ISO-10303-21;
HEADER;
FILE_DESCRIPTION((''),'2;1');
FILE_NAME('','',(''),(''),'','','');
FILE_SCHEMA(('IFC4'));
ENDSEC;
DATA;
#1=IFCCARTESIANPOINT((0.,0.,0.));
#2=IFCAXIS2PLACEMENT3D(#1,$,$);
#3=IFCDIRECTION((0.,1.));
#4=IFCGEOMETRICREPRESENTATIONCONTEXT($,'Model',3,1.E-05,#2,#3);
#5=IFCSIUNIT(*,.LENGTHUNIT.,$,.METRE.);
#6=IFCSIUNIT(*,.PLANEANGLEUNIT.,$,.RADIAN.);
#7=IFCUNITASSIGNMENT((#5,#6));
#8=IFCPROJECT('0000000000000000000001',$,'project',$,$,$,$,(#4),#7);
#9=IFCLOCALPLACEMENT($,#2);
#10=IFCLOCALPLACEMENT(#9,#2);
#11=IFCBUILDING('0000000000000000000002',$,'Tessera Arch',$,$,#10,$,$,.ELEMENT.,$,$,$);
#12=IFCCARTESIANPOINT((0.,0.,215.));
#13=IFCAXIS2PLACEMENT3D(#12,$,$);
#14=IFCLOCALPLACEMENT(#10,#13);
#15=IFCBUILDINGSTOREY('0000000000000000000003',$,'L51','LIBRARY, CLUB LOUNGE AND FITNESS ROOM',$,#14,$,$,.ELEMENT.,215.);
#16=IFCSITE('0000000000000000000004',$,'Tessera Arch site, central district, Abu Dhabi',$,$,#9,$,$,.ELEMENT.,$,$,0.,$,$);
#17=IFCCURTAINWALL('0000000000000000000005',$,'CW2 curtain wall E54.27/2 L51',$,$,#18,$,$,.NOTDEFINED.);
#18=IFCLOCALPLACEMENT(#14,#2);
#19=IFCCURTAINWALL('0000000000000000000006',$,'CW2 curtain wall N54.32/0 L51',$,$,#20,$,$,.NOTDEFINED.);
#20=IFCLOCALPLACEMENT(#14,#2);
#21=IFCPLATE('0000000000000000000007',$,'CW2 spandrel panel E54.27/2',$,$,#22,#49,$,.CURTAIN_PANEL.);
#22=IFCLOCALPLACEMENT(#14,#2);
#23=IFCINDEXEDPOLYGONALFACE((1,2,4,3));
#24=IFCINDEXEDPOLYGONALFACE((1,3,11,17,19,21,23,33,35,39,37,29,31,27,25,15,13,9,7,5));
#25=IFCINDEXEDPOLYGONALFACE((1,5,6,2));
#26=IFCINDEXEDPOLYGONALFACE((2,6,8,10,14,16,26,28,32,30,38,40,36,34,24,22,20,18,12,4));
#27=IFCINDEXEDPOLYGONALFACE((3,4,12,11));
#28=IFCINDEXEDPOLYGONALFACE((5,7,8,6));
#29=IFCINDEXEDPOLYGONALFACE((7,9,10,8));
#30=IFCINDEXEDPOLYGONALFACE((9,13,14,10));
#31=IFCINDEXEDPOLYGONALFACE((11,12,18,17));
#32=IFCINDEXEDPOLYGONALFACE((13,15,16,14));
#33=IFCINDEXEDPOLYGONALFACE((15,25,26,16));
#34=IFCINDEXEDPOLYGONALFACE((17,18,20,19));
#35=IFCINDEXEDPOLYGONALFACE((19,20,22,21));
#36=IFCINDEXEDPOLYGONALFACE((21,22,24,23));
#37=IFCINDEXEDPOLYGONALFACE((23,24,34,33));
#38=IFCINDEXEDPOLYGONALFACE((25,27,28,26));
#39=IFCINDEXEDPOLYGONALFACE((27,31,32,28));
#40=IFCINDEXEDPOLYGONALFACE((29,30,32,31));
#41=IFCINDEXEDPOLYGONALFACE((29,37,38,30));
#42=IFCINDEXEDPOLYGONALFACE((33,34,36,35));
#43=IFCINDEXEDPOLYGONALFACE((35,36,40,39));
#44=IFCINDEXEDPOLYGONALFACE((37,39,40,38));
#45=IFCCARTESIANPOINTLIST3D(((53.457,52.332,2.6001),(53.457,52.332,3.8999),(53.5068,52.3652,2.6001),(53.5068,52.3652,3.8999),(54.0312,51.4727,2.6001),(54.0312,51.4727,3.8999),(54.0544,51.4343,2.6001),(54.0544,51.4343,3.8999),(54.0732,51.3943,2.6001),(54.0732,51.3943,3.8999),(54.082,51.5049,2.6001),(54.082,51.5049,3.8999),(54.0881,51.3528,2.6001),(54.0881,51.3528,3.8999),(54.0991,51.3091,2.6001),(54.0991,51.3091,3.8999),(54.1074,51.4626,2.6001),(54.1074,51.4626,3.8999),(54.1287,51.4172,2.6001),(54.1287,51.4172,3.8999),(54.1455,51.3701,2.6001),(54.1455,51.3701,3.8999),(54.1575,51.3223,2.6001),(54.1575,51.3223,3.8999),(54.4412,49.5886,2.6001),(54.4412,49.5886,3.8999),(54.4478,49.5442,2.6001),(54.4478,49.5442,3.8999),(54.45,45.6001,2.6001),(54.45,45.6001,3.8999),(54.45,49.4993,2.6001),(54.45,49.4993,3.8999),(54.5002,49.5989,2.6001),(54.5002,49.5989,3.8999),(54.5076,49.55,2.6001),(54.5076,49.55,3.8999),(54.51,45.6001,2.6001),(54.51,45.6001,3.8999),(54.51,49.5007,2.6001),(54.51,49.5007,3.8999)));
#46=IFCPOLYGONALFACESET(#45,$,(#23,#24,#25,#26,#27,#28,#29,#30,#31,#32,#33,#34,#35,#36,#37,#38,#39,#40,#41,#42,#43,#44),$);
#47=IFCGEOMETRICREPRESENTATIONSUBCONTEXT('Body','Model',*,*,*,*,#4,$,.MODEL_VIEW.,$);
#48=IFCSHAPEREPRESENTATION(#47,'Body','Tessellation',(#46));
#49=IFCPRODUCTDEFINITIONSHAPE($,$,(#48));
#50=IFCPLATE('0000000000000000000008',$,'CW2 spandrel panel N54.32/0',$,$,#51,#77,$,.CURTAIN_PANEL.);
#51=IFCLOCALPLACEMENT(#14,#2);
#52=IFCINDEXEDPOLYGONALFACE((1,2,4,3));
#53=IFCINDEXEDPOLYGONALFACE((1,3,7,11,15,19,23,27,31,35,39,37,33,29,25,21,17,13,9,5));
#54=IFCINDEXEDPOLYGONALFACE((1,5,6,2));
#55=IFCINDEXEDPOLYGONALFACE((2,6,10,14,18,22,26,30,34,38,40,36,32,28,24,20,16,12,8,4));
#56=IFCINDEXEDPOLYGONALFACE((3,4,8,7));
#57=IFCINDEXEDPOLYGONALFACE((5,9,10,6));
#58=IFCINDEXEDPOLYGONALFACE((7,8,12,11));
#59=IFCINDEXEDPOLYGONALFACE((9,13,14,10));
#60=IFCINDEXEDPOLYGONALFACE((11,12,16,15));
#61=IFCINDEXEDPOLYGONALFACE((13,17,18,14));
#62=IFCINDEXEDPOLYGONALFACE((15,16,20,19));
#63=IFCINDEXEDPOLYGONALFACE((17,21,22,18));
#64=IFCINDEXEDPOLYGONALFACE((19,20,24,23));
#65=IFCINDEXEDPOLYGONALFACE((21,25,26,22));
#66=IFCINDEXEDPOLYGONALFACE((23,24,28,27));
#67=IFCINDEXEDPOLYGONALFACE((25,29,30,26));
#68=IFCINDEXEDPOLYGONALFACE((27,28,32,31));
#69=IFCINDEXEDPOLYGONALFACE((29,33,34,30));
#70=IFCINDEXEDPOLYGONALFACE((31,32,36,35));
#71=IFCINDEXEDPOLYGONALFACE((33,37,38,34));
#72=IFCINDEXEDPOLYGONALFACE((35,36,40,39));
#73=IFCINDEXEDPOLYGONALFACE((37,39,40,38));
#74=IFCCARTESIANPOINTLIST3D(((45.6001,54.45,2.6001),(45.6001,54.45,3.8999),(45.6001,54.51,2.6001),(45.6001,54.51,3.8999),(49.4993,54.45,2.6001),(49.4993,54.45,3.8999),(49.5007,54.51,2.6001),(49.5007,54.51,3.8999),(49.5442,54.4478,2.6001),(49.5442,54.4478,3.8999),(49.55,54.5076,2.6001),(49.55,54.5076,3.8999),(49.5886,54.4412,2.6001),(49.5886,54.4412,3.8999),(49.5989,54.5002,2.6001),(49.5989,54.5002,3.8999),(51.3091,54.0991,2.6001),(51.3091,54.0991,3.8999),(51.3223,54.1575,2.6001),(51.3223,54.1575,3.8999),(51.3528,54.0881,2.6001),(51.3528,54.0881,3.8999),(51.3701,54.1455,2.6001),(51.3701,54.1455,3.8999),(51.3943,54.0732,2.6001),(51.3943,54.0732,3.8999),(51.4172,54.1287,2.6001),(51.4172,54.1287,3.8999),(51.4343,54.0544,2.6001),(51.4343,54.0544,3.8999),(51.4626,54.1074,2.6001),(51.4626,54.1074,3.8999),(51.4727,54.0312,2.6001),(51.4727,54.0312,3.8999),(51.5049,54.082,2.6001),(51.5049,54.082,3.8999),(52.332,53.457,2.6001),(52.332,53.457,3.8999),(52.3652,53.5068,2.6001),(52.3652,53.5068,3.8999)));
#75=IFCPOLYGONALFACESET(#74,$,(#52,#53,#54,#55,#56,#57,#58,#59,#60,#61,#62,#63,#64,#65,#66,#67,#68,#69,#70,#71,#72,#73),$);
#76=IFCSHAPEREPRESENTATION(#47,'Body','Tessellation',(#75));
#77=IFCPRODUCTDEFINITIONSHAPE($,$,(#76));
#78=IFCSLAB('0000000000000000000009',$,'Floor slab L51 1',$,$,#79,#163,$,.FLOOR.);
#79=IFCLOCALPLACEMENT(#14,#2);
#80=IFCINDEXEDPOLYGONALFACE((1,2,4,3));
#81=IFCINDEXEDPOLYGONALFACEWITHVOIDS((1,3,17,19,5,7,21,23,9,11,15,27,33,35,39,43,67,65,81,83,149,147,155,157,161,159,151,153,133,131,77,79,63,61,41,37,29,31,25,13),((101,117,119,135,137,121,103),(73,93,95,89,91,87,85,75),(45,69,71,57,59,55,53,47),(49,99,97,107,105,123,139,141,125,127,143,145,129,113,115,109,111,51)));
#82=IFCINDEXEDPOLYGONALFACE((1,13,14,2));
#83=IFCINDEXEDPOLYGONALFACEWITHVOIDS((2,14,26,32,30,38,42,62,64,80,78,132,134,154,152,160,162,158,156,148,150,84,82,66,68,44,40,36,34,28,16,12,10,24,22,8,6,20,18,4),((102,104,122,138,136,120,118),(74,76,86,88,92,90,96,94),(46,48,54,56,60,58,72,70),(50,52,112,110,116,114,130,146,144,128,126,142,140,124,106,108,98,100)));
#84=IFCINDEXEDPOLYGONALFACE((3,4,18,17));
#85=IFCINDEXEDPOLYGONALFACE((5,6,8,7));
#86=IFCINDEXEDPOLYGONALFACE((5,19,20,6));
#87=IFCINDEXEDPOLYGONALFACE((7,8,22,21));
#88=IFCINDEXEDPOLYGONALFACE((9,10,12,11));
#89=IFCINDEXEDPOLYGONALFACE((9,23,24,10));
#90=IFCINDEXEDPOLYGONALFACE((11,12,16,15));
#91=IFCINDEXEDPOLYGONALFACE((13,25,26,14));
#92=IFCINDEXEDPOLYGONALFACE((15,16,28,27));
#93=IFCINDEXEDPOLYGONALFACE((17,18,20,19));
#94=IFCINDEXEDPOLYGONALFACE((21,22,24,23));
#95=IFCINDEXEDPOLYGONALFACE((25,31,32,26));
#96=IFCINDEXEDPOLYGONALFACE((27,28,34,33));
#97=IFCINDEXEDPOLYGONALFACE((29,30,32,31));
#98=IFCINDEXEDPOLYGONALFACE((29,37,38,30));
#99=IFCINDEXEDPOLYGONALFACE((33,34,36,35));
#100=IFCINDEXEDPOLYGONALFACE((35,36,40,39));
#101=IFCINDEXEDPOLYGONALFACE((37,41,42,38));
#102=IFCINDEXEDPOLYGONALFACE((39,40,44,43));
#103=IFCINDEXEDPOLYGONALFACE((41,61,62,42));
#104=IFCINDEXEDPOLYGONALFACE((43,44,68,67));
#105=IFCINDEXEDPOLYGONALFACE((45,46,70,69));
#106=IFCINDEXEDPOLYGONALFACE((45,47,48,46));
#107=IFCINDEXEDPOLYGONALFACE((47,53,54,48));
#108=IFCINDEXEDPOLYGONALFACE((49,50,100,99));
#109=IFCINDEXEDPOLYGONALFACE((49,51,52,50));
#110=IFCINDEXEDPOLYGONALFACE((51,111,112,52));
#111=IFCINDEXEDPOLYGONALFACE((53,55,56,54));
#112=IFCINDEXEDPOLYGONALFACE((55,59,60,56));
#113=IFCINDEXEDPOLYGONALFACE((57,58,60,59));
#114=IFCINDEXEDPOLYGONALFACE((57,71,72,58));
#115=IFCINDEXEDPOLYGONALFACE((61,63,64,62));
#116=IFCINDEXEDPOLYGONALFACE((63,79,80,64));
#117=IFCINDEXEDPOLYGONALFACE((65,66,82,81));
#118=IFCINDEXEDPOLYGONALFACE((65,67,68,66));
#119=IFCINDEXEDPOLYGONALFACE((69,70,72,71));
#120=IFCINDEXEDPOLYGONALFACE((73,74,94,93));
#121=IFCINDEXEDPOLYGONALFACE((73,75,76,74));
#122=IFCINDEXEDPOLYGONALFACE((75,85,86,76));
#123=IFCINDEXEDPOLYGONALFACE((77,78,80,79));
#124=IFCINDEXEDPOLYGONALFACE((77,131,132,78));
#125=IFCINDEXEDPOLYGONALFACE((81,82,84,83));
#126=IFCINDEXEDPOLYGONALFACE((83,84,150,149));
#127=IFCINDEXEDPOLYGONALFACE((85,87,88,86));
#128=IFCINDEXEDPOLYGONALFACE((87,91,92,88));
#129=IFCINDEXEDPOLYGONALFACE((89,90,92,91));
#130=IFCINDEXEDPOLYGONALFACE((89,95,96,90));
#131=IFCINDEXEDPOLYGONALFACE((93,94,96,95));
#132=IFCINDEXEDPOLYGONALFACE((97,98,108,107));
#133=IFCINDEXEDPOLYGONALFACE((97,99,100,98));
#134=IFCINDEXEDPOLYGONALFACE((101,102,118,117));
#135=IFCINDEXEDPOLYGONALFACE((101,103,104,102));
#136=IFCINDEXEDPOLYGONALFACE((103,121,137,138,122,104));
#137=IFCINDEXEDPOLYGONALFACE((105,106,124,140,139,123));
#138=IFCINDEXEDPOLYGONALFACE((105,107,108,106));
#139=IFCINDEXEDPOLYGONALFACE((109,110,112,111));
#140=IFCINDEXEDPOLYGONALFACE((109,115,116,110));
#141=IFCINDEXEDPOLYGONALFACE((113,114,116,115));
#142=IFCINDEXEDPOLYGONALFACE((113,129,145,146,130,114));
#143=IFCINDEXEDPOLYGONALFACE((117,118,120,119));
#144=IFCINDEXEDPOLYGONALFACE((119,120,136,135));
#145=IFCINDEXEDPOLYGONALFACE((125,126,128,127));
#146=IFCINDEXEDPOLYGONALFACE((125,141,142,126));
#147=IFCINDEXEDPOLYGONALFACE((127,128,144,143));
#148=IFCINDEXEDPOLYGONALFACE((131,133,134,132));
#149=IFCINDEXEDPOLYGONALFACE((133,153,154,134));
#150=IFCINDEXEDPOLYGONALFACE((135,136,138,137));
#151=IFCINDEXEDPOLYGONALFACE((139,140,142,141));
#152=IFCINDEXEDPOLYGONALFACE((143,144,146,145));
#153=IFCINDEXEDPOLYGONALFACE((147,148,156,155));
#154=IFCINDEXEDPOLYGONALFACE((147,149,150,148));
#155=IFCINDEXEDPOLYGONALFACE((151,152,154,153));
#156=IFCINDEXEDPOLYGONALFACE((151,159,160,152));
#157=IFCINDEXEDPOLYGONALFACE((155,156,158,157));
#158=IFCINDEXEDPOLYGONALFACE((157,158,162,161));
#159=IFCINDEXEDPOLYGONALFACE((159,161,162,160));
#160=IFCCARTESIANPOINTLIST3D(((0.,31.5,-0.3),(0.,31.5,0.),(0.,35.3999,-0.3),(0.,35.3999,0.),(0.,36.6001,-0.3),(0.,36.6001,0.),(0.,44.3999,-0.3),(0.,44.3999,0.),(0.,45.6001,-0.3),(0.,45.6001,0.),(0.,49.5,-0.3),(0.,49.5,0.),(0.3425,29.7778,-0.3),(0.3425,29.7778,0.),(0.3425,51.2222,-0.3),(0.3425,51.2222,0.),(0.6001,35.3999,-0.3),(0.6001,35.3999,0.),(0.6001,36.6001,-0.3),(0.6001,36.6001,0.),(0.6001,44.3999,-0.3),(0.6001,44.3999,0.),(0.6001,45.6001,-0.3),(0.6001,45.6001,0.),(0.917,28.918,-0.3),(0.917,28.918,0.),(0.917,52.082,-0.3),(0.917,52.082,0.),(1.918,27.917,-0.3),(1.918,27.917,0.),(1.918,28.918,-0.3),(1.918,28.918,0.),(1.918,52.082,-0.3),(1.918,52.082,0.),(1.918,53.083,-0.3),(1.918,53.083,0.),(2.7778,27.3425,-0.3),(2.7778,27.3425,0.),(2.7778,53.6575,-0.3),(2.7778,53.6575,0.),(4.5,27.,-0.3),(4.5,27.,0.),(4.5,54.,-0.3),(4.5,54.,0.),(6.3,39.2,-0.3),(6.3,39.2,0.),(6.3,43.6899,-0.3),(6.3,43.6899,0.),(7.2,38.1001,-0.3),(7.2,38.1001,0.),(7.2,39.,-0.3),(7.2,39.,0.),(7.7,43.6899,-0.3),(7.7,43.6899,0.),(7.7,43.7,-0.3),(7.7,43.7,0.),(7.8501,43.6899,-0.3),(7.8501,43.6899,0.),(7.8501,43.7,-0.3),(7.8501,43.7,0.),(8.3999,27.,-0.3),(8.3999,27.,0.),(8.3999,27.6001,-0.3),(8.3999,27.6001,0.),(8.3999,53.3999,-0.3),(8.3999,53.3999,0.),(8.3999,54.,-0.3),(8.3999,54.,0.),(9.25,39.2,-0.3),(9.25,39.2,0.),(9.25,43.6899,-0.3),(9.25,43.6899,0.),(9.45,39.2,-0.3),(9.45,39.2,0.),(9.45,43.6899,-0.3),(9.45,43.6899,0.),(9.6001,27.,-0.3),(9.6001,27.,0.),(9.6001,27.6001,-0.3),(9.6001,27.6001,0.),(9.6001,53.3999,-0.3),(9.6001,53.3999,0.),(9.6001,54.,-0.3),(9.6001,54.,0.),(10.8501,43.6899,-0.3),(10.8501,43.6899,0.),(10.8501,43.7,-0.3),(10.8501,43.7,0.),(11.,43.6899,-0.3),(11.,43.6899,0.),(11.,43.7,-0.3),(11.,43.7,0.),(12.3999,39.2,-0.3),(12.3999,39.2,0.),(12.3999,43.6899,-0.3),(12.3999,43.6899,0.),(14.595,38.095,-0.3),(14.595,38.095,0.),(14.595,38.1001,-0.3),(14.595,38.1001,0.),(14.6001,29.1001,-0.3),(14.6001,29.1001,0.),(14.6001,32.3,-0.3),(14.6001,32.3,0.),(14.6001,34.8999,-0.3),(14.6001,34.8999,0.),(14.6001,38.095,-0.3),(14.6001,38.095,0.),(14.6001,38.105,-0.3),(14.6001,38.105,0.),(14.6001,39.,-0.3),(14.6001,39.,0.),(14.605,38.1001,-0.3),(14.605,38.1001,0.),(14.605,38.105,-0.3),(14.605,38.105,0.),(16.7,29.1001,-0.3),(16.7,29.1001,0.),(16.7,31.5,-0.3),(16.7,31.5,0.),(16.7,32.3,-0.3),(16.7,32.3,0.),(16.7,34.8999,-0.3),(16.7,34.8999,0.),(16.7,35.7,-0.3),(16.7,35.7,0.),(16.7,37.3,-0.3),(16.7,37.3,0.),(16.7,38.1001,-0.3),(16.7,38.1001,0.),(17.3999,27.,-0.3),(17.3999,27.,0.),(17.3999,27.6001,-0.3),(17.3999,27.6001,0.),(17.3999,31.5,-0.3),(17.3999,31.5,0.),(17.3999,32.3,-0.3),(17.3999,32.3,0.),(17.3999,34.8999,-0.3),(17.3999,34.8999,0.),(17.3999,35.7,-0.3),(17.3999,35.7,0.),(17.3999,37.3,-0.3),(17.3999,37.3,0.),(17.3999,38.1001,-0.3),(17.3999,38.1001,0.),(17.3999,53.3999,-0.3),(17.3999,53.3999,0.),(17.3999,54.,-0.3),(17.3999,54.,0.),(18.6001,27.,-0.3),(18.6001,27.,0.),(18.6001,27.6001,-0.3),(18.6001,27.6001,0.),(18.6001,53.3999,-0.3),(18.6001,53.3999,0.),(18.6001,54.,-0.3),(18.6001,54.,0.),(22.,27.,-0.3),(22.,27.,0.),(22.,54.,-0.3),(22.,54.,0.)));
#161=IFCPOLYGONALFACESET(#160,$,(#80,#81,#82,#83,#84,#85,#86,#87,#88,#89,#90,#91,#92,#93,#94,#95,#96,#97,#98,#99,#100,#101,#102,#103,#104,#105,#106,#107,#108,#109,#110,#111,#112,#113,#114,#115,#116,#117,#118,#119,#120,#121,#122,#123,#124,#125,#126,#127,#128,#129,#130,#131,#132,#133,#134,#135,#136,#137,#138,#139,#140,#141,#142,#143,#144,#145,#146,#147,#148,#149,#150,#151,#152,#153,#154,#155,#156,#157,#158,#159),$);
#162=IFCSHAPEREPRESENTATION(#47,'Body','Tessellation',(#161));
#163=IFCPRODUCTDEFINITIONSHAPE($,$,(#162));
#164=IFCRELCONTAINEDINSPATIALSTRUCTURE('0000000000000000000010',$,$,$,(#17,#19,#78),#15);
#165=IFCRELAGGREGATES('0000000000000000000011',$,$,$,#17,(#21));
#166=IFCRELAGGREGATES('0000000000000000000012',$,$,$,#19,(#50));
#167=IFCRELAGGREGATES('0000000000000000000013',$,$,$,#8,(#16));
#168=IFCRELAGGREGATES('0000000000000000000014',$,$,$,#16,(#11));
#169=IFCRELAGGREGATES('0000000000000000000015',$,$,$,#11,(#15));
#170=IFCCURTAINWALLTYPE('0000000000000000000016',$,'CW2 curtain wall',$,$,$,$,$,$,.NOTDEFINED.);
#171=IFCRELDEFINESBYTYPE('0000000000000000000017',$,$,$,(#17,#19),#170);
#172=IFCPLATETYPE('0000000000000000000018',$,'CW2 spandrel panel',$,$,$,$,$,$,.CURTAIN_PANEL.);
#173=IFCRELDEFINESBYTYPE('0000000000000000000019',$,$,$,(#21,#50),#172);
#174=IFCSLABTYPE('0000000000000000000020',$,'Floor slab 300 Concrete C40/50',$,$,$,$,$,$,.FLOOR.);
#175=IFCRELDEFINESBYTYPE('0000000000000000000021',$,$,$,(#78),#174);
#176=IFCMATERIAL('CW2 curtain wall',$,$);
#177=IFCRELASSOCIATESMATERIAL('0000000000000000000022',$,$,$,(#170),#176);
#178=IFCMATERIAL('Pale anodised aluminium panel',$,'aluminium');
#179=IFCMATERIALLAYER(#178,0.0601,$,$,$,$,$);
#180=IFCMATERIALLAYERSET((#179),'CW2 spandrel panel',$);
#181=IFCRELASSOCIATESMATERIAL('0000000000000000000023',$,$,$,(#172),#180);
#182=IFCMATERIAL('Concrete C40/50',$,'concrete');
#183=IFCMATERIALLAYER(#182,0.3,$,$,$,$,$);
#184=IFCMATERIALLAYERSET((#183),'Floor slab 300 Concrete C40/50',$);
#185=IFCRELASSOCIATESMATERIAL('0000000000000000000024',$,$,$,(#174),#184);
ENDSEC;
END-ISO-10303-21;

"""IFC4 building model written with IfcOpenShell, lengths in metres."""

from ifc_helpers import new_model, si_unit, direction, frame, origin, place, context, subcontext, project, spatial, polyline, outline, extrude, material, layer, layer_set, type_object, element, aggregate, save


model = new_model("IFC4")

# Units and contexts
model_context = context("Model", 3, precision=1e-05, world=origin(), true_north=direction((0.0, 1.0)))
body_context = subcontext(model_context, "Body", "Model", "MODEL_VIEW")
ifc_project = project(units=[si_unit("LENGTHUNIT", "METRE"), si_unit("PLANEANGLEUNIT", "RADIAN")], contexts=[model_context])

# Site, building, storey
site_placement = place(None, origin())
site = spatial("IfcSite", under=ifc_project, at=site_placement, Name="Tessera Arch site, central district, Abu Dhabi", CompositionType="ELEMENT", RefElevation=0.0)
building_placement = place(site_placement, origin())
building = spatial("IfcBuilding", under=site, at=building_placement, Name="Tessera Arch", CompositionType="ELEMENT")
storey_placement = place(building_placement, frame((0.0, 0.0, 215.0)))
storey = spatial("IfcBuildingStorey", under=building, at=storey_placement, Name="L51", Description="LIBRARY, CLUB LOUNGE AND FITNESS ROOM", CompositionType="ELEMENT", Elevation=215.0)

# Shared definitions
ifc_material_1 = material(Name="CW2 curtain wall")
curtain_wall_type_1 = type_object("IfcCurtainWallType", Name="CW2 curtain wall", PredefinedType="NOTDEFINED", material=ifc_material_1)

# Curtain walls
curtain_wall_1_placement = place(storey_placement, origin())
curtain_wall_1 = element("IfcCurtainWall", 1, at=curtain_wall_1_placement, inside=storey, type_object=curtain_wall_type_1, Name="CW2 curtain wall E54.27/2 L51", PredefinedType="NOTDEFINED")
curtain_wall_2_placement = place(storey_placement, origin())
curtain_wall_2 = element("IfcCurtainWall", 2, at=curtain_wall_2_placement, inside=storey, type_object=curtain_wall_type_1, Name="CW2 curtain wall N54.32/0 L51", PredefinedType="NOTDEFINED")

# Plates
ifc_material_2 = material(Name="Pale anodised aluminium panel", Category="aluminium")
ifc_layer_1 = layer(ifc_material_2, 0.0601)
ifc_layer_set_1 = layer_set([ifc_layer_1], Name="CW2 spandrel panel")
plate_type_1 = type_object("IfcPlateType", Name="CW2 spandrel panel", PredefinedType="CURTAIN_PANEL", material=ifc_layer_set_1)
plate_1_placement = place(storey_placement, frame((0.0, 0.0, 2.6001)))
plate_1 = element("IfcPlate", 3, at=plate_1_placement, type_object=plate_type_1, Name="CW2 spandrel panel E54.27/2", PredefinedType="CURTAIN_PANEL", context=body_context, shape_type="SweptSolid", body=[
    extrude(outline(polyline([(54.45, 49.4993), (54.45, 45.6001), (54.51, 45.6001), (54.51, 49.5007), (54.5076, 49.55), (54.5002, 49.5989), (54.1575, 51.3223), (54.1455, 51.3701), (54.1287, 51.4172), (54.1074, 51.4626), (54.082, 51.5049), (53.5068, 52.3652), (53.457, 52.332), (54.0312, 51.4727), (54.0544, 51.4343), (54.0732, 51.3943), (54.0881, 51.3528), (54.0991, 51.3091), (54.4412, 49.5886), (54.4478, 49.5442), (54.45, 49.4993)])), origin(), (0.0, 0.0, 1.0), 1.2998),
])
aggregate(curtain_wall_1, [plate_1])
plate_2_placement = place(storey_placement, frame((0.0, 0.0, 2.6001)))
plate_2 = element("IfcPlate", 4, at=plate_2_placement, type_object=plate_type_1, Name="CW2 spandrel panel N54.32/0", PredefinedType="CURTAIN_PANEL", context=body_context, shape_type="SweptSolid", body=[
    extrude(outline(polyline([(51.4727, 54.0312), (52.332, 53.457), (52.3652, 53.5068), (51.5049, 54.082), (51.4626, 54.1074), (51.4172, 54.1287), (51.3701, 54.1455), (51.3223, 54.1575), (49.5989, 54.5002), (49.55, 54.5076), (49.5007, 54.51), (45.6001, 54.51), (45.6001, 54.45), (49.4993, 54.45), (49.5442, 54.4478), (49.5886, 54.4412), (51.3091, 54.0991), (51.3528, 54.0881), (51.3943, 54.0732), (51.4343, 54.0544), (51.4727, 54.0312)])), origin(), (0.0, 0.0, 1.0), 1.2998),
])
aggregate(curtain_wall_2, [plate_2])

# Slab
ifc_material_3 = material(Name="Concrete C40/50", Category="concrete")
ifc_layer_2 = layer(ifc_material_3, 0.3)
ifc_layer_set_2 = layer_set([ifc_layer_2], Name="Floor slab 300 Concrete C40/50")
slab_type_1 = type_object("IfcSlabType", Name="Floor slab 300 Concrete C40/50", PredefinedType="FLOOR", material=ifc_layer_set_2)
slab_1_placement = place(storey_placement, frame((0.0, 0.0, -0.3)))
element("IfcSlab", 5, at=slab_1_placement, inside=storey, type_object=slab_type_1, Name="Floor slab L51 1", PredefinedType="FLOOR", context=body_context, shape_type="SweptSolid", body=[
    extrude(outline(polyline([(1.918, 27.917), (1.918, 28.918), (0.917, 28.918), (0.3425, 29.7778), (0.0, 31.5), (0.0, 35.3999), (0.6001, 35.3999), (0.6001, 36.6001), (0.0, 36.6001), (0.0, 44.3999), (0.6001, 44.3999), (0.6001, 45.6001), (0.0, 45.6001), (0.0, 49.5), (0.3425, 51.2222), (0.917, 52.082), (1.918, 52.082), (1.918, 53.083), (2.7778, 53.6575), (4.5, 54.0), (8.3999, 54.0), (8.3999, 53.3999), (9.6001, 53.3999), (9.6001, 54.0), (17.3999, 54.0), (17.3999, 53.3999), (18.6001, 53.3999), (18.6001, 54.0), (22.0, 54.0), (22.0, 27.0), (18.6001, 27.0), (18.6001, 27.6001), (17.3999, 27.6001), (17.3999, 27.0), (9.6001, 27.0), (9.6001, 27.6001), (8.3999, 27.6001), (8.3999, 27.0), (4.5, 27.0), (2.7778, 27.3425), (1.918, 27.917)]), holes=[polyline([(14.6001, 29.1001), (16.7, 29.1001), (16.7, 31.5), (17.3999, 31.5), (17.3999, 32.3), (16.7, 32.3), (14.6001, 32.3), (14.6001, 29.1001)]), polyline([(17.3999, 35.7), (16.7, 35.7), (16.7, 37.3), (17.3999, 37.3), (17.3999, 38.1001), (16.7, 38.1001), (14.605, 38.1001), (14.605, 38.105), (14.6001, 38.105), (14.6001, 39.0), (7.2, 39.0), (7.2, 38.1001), (14.595, 38.1001), (14.595, 38.095), (14.6001, 38.095), (14.6001, 34.8999), (16.7, 34.8999), (17.3999, 34.8999), (17.3999, 35.7)]), polyline([(6.3, 43.6899), (6.3, 39.2), (9.25, 39.2), (9.25, 43.6899), (7.8501, 43.6899), (7.8501, 43.7), (7.7, 43.7), (7.7, 43.6899), (6.3, 43.6899)]), polyline([(9.45, 43.6899), (9.45, 39.2), (12.3999, 39.2), (12.3999, 43.6899), (11.0, 43.6899), (11.0, 43.7), (10.8501, 43.7), (10.8501, 43.6899), (9.45, 43.6899)])]), origin(), (0.0, 0.0, 1.0), 0.3),
])

save(model, "model.ifc")
